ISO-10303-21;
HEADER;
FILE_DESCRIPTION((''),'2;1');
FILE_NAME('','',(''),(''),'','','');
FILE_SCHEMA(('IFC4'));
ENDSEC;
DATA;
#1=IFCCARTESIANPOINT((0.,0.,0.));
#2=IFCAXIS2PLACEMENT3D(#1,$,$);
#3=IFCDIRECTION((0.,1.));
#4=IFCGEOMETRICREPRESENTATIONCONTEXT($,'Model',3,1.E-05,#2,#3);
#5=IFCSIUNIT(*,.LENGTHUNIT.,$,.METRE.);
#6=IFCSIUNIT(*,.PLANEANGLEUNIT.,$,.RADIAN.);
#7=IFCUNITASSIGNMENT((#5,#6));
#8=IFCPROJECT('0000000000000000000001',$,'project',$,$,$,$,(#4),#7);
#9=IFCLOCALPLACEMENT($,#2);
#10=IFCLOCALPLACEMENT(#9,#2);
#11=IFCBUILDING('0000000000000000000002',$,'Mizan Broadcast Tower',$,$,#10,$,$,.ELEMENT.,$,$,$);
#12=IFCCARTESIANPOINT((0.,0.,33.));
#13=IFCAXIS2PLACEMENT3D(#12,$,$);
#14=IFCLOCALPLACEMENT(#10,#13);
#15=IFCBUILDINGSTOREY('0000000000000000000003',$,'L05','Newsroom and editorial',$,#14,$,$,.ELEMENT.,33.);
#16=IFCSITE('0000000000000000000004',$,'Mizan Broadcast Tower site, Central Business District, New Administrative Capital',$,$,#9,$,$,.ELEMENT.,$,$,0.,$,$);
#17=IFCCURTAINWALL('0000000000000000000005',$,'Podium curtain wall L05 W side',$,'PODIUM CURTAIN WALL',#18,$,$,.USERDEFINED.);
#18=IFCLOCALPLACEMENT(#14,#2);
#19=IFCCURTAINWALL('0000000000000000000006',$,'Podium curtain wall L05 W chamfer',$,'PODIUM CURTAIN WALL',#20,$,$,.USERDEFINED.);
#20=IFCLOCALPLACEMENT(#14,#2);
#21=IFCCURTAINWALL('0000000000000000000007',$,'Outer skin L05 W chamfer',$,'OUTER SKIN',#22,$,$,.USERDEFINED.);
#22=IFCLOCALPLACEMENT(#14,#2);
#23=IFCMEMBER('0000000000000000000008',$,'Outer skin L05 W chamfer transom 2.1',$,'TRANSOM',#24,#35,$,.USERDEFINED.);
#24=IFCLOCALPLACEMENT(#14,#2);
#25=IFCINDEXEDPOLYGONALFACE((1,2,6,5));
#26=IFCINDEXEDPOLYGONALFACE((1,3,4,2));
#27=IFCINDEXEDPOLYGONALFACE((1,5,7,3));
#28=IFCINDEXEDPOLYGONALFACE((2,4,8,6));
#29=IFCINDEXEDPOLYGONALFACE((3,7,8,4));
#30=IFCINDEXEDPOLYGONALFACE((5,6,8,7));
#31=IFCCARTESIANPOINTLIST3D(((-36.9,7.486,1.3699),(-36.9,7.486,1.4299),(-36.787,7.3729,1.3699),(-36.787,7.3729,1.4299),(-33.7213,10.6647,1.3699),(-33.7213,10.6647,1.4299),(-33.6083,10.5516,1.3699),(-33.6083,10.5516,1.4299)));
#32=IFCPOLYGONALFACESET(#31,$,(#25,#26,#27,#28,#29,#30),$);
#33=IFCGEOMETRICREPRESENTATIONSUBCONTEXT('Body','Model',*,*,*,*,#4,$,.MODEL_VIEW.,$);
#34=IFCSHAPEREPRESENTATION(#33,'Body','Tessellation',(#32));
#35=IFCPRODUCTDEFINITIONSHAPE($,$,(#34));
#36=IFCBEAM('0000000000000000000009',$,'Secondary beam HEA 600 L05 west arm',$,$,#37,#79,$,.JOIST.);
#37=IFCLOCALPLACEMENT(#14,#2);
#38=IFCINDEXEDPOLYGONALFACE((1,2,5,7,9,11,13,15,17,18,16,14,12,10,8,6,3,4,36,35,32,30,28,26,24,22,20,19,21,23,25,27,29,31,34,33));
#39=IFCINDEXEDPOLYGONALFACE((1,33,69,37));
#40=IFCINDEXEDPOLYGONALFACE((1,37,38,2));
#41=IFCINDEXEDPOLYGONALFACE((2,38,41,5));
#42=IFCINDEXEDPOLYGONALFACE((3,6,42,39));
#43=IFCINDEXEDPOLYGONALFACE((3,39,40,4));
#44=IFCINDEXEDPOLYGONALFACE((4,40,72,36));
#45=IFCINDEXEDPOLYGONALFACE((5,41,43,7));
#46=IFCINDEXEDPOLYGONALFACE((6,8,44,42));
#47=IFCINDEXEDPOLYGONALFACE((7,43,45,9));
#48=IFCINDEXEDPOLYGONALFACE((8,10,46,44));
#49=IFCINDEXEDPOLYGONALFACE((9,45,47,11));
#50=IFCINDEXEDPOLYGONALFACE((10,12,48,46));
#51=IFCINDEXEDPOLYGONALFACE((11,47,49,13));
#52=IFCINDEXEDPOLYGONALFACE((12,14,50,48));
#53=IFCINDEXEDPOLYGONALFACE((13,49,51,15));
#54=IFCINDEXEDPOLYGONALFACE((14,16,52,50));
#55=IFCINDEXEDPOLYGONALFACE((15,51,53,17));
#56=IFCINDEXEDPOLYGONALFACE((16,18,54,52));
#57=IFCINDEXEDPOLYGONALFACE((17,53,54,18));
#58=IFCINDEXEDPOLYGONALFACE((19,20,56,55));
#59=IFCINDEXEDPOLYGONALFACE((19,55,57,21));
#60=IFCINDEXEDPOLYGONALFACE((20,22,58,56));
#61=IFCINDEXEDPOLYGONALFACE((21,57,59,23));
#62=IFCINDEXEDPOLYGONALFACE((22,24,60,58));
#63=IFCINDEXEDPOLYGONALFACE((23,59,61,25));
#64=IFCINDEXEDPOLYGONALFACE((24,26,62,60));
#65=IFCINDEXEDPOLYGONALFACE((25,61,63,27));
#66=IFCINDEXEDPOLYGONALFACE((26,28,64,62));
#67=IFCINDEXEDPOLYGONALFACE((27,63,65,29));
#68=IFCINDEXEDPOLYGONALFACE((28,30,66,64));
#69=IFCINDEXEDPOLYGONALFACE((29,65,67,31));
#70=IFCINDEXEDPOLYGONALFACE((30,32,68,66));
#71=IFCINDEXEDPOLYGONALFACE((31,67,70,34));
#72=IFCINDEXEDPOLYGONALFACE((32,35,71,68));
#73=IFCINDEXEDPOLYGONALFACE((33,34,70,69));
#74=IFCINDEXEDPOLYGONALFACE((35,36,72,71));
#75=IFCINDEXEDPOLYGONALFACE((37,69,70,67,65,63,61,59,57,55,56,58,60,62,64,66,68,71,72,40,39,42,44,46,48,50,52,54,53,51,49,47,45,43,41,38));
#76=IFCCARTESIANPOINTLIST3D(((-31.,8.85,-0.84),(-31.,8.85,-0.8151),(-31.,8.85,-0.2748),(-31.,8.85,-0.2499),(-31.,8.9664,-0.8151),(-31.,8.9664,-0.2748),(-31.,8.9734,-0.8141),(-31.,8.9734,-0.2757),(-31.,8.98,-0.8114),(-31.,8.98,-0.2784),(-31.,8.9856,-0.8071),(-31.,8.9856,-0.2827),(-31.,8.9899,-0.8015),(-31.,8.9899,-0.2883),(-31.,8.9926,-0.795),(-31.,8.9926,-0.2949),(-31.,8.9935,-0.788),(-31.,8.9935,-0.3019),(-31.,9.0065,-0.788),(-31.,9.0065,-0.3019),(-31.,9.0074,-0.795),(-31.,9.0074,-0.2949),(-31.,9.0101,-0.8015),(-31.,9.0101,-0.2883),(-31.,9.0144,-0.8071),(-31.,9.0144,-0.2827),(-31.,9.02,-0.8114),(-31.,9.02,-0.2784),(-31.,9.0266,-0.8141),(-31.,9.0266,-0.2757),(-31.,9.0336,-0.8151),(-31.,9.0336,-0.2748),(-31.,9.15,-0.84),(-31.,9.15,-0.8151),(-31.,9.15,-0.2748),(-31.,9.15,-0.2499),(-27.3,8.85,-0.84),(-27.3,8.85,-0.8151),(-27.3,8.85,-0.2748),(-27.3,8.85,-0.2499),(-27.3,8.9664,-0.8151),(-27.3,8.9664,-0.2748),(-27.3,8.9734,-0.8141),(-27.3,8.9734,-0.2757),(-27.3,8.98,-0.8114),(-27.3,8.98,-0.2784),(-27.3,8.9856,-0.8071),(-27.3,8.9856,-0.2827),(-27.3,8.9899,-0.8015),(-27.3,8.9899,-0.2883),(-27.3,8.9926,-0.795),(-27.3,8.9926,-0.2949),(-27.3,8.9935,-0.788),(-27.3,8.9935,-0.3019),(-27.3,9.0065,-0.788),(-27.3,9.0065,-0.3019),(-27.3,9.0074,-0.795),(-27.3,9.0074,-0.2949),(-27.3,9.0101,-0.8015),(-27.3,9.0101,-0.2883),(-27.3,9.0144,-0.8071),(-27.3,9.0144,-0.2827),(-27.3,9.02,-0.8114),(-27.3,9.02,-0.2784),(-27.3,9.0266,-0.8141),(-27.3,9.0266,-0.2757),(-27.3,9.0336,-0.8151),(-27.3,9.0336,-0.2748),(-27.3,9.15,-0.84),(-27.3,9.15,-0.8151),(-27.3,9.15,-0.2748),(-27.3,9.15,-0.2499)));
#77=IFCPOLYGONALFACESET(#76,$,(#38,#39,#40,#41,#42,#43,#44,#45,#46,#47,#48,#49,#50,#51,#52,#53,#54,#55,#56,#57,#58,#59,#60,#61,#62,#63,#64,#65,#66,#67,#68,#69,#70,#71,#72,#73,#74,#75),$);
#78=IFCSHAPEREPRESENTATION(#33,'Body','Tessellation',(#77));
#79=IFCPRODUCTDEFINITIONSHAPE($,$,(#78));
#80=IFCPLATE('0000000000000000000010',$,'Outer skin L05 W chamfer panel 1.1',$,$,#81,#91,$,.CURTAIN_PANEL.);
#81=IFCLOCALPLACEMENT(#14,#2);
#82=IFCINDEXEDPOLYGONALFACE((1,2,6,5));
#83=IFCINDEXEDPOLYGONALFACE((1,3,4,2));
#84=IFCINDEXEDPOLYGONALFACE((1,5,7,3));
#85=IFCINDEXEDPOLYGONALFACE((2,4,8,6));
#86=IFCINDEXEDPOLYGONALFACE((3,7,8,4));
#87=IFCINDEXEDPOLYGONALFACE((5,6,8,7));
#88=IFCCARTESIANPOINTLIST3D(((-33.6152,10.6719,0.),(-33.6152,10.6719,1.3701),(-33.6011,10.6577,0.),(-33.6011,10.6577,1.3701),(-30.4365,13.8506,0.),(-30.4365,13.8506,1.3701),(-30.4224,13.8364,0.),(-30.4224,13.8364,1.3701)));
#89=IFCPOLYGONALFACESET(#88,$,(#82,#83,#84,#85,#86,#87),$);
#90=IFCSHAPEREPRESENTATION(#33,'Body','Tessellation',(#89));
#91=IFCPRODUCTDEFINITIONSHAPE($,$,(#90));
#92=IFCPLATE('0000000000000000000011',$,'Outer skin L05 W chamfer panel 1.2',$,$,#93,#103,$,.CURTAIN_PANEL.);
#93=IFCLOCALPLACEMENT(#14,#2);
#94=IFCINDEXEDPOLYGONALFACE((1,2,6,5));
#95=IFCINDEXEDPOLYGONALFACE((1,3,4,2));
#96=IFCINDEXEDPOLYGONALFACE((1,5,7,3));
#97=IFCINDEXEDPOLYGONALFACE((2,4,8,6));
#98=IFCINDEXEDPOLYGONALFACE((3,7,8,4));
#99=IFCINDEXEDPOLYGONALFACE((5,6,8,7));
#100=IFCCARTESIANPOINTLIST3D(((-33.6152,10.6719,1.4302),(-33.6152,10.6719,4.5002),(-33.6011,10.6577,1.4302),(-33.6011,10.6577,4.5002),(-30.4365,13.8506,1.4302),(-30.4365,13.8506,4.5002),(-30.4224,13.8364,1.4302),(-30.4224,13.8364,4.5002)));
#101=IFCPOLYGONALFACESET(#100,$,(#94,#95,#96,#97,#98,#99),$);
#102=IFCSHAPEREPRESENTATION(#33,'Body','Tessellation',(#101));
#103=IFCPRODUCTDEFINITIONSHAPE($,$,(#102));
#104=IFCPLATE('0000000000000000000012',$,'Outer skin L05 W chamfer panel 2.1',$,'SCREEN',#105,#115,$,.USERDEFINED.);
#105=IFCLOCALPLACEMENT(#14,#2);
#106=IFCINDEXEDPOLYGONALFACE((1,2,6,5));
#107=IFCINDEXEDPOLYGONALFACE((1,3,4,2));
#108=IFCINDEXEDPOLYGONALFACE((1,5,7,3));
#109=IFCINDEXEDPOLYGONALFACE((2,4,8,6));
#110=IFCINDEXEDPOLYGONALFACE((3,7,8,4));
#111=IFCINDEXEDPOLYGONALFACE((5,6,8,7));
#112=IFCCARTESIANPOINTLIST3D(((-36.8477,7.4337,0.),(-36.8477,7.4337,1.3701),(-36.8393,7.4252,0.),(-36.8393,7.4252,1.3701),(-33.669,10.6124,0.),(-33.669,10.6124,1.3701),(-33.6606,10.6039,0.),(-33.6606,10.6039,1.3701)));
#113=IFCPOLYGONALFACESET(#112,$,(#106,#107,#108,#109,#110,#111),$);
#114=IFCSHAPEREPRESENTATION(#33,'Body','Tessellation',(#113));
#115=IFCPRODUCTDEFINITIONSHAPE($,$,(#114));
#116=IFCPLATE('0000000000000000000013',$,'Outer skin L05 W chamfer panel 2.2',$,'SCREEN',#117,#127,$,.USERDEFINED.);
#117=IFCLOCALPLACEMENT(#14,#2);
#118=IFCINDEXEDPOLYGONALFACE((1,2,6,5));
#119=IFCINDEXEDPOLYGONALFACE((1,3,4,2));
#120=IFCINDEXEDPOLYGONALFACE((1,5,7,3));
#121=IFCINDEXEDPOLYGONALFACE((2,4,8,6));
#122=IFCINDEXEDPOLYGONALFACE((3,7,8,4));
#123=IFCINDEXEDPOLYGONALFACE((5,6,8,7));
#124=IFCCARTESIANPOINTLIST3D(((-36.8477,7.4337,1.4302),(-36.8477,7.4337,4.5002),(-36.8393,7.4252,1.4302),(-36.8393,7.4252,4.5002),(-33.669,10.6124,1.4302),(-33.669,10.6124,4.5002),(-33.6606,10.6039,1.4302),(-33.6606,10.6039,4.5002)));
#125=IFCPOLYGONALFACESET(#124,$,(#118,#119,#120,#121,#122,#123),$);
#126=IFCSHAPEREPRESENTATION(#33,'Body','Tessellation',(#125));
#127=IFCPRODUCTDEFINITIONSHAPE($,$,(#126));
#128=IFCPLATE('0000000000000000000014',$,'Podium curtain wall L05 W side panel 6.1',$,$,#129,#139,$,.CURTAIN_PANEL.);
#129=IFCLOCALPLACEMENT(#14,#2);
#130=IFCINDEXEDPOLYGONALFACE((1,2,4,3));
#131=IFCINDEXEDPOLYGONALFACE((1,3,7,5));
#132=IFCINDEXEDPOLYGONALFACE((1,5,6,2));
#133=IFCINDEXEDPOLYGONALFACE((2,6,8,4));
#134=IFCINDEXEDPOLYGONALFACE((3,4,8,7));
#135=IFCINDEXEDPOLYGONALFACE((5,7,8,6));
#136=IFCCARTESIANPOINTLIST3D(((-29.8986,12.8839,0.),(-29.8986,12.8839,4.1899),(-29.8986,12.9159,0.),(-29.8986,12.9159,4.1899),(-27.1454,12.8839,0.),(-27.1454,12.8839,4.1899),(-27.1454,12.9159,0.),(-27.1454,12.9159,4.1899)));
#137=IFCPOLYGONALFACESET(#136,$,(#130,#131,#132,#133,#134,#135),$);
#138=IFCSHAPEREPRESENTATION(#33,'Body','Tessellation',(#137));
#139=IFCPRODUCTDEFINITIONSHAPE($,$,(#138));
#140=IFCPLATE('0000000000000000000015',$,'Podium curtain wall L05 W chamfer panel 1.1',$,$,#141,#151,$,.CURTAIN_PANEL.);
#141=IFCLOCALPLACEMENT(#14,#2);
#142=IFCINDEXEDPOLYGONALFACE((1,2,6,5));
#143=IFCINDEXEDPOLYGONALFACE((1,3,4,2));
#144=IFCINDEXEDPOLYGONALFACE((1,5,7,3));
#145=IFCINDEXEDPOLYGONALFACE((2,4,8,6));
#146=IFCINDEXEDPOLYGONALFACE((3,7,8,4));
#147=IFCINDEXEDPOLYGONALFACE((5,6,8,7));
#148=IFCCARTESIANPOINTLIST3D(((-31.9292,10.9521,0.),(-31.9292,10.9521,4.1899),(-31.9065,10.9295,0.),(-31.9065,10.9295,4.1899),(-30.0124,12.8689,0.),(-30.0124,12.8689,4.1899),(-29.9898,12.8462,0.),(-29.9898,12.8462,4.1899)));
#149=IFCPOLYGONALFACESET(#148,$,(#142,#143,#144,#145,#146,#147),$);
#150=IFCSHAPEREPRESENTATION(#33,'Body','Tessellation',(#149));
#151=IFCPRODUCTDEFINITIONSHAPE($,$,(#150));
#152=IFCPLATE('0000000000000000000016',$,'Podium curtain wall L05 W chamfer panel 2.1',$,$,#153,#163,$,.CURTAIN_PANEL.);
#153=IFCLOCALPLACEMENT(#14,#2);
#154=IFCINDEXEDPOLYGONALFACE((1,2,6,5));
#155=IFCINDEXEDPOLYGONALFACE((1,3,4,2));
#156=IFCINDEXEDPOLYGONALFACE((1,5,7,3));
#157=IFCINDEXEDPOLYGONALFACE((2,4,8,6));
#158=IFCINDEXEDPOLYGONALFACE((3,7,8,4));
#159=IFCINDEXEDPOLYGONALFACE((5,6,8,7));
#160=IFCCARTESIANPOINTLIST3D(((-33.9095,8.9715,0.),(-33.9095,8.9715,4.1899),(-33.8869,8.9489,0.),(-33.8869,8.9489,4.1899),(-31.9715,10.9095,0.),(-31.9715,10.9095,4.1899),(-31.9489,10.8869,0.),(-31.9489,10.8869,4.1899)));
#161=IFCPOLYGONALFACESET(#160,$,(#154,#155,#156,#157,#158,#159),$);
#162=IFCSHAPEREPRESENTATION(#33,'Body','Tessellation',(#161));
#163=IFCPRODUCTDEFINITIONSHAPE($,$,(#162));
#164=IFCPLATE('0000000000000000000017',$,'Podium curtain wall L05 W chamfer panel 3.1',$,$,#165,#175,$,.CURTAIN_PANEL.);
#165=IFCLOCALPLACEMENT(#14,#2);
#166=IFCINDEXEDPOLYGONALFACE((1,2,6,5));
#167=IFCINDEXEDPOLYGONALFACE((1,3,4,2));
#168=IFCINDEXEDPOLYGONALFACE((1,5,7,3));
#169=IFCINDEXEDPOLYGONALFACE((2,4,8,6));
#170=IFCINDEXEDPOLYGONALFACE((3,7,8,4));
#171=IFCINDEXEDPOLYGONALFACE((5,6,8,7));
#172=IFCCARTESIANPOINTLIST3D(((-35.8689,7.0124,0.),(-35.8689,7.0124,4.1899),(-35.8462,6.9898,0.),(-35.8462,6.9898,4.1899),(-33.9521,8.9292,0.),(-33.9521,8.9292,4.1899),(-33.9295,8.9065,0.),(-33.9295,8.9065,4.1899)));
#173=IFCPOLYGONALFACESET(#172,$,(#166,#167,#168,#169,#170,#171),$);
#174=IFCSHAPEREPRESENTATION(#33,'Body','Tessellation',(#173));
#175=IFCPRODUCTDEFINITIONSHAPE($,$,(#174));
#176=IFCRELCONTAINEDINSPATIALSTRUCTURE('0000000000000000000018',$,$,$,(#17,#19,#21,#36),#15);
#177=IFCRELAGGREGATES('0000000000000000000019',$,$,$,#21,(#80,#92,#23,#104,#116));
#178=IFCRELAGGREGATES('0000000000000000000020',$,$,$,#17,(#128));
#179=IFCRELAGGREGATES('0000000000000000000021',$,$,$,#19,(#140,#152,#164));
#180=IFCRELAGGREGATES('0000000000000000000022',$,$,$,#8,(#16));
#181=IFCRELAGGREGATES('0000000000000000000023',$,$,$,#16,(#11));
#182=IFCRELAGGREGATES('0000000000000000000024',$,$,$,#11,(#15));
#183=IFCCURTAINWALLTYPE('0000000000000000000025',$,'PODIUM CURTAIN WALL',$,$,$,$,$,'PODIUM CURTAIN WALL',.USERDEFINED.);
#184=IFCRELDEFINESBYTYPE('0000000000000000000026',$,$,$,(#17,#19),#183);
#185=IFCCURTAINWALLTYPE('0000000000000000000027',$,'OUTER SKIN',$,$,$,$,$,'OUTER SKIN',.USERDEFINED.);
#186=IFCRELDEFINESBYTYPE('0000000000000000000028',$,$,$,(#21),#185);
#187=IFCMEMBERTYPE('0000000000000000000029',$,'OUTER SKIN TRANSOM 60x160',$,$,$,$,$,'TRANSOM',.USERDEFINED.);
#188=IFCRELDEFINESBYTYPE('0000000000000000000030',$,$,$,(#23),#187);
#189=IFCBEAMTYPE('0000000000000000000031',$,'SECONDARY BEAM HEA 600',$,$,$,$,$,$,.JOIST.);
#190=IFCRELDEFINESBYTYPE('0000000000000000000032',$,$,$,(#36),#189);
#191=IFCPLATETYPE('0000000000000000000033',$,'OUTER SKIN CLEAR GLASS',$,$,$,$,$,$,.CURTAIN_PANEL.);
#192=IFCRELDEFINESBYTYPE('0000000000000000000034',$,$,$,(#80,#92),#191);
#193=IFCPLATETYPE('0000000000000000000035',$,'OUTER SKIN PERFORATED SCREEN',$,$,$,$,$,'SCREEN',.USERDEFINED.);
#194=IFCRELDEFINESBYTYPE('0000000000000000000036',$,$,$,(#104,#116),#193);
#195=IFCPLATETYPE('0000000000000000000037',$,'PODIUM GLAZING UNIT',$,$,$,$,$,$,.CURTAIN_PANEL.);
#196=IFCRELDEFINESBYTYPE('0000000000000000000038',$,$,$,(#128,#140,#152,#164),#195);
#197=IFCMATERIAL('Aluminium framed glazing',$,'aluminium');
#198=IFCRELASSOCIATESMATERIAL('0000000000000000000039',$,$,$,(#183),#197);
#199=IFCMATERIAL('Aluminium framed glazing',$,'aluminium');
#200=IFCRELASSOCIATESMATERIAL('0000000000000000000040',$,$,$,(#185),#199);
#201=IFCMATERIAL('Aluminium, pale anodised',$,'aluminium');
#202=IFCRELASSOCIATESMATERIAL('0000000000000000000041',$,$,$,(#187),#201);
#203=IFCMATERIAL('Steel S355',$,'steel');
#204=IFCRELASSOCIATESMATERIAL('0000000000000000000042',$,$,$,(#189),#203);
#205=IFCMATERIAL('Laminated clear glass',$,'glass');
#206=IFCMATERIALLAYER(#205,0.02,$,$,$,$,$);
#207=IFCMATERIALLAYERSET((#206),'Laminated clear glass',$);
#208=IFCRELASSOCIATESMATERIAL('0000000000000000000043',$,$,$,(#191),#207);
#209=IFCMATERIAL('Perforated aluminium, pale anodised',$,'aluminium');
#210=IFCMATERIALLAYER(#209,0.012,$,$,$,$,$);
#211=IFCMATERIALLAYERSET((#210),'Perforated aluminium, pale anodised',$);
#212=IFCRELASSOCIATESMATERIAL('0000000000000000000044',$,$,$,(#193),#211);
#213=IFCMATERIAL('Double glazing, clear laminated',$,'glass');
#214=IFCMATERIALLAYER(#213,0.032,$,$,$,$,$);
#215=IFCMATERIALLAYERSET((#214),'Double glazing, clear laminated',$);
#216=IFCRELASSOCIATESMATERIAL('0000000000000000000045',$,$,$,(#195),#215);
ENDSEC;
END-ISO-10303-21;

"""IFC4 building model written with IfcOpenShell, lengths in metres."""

from ifc_helpers import new_model, si_unit, direction, frame, origin, origin_2d, place, context, subcontext, project, spatial, rectangle, i_section, extrude, material, layer, layer_set, material_profile, profile_set, type_object, element, aggregate, save


model = new_model("IFC4")

# Units and contexts
model_context = context("Model", 3, precision=1e-05, world=origin(), true_north=direction((0.0, 1.0)))
body_context = subcontext(model_context, "Body", "Model", "MODEL_VIEW")
ifc_project = project(units=[si_unit("LENGTHUNIT", "METRE"), si_unit("PLANEANGLEUNIT", "RADIAN")], contexts=[model_context])

# Site, building, storey
site_placement = place(None, origin())
site = spatial("IfcSite", under=ifc_project, at=site_placement, Name="Mizan Broadcast Tower site, Central Business District, New Administrative Capital", CompositionType="ELEMENT", RefElevation=0.0)
building_placement = place(site_placement, origin())
building = spatial("IfcBuilding", under=site, at=building_placement, Name="Mizan Broadcast Tower", CompositionType="ELEMENT")
storey_placement = place(building_placement, frame((0.0, 0.0, 33.0)))
storey = spatial("IfcBuildingStorey", under=building, at=storey_placement, Name="L05", Description="Newsroom and editorial", CompositionType="ELEMENT", Elevation=33.0)

# Curtain walls
ifc_material_1 = material(Name="Aluminium framed glazing", Category="aluminium")
curtain_wall_type_1 = type_object("IfcCurtainWallType", Name="PODIUM CURTAIN WALL", ElementType="PODIUM CURTAIN WALL", PredefinedType="USERDEFINED", material=ifc_material_1)
curtain_wall_1_placement = place(storey_placement, origin())
curtain_wall_1 = element("IfcCurtainWall", 1, at=curtain_wall_1_placement, inside=storey, type_object=curtain_wall_type_1, Name="Podium curtain wall L05 W side", ObjectType="PODIUM CURTAIN WALL", PredefinedType="USERDEFINED")
curtain_wall_2_placement = place(storey_placement, origin())
curtain_wall_2 = element("IfcCurtainWall", 2, at=curtain_wall_2_placement, inside=storey, type_object=curtain_wall_type_1, Name="Podium curtain wall L05 W chamfer", ObjectType="PODIUM CURTAIN WALL", PredefinedType="USERDEFINED")

# Curtain wall, member
ifc_material_2 = material(Name="Aluminium framed glazing", Category="aluminium")
curtain_wall_type_2 = type_object("IfcCurtainWallType", Name="OUTER SKIN", ElementType="OUTER SKIN", PredefinedType="USERDEFINED", material=ifc_material_2)
curtain_wall_3_placement = place(storey_placement, origin())
curtain_wall_3 = element("IfcCurtainWall", 3, at=curtain_wall_3_placement, inside=storey, type_object=curtain_wall_type_2, Name="Outer skin L05 W chamfer", ObjectType="OUTER SKIN", PredefinedType="USERDEFINED")
ifc_material_3 = material(Name="Aluminium, pale anodised", Category="aluminium")
ifc_material_profile_1 = material_profile(ifc_material_3, rectangle(XDim=0.1599, YDim=0.0601, at=origin_2d()), Name="TRANSOM 160x60")
ifc_profile_set_1 = profile_set([ifc_material_profile_1], Name="Aluminium, pale anodised")
member_type_1 = type_object("IfcMemberType", Name="OUTER SKIN TRANSOM 60x160", ElementType="TRANSOM", PredefinedType="USERDEFINED", material=ifc_profile_set_1)
member_1_placement = place(storey_placement, frame((-33.6648, 10.6082, 1.3999), z_axis=(-0.707107, -0.707107, 0.0), x_axis=(0.707107, -0.707107, 0.0)))
member_1 = element("IfcMember", 4, at=member_1_placement, type_object=member_type_1, Name="Outer skin L05 W chamfer transom 2.1", ObjectType="TRANSOM", PredefinedType="USERDEFINED", context=body_context, shape_type="SweptSolid", body=[
    extrude(rectangle(XDim=0.1599, YDim=0.0601, at=origin_2d()), origin(), (0.0, 0.0, 1.0), 4.4954),
])

# Beam
ifc_material_4 = material(Name="Steel S355", Category="steel")
ifc_material_profile_2 = material_profile(ifc_material_4, i_section(OverallWidth=0.3, OverallDepth=0.5901, WebThickness=0.0129, FlangeThickness=0.0249, FilletRadius=0.0271, at=origin_2d()), Name="HEA 600")
ifc_profile_set_2 = profile_set([ifc_material_profile_2], Name="Steel S355")
beam_type_1 = type_object("IfcBeamType", Name="SECONDARY BEAM HEA 600", PredefinedType="JOIST", material=ifc_profile_set_2)
beam_1_placement = place(storey_placement, frame((-27.3, 9.0, -0.5449), z_axis=(-1.0, 0.0, 0.0), x_axis=(0.0, -1.0, 0.0)))
element("IfcBeam", 5, at=beam_1_placement, inside=storey, type_object=beam_type_1, Name="Secondary beam HEA 600 L05 west arm", PredefinedType="JOIST", context=body_context, shape_type="SweptSolid", body=[
    extrude(i_section(OverallWidth=0.3, OverallDepth=0.5901, WebThickness=0.0129, FlangeThickness=0.0249, FilletRadius=0.0271, at=origin_2d()), origin(), (0.0, 0.0, 1.0), 3.7),
])

# Plates
ifc_material_5 = material(Name="Laminated clear glass", Category="glass")
ifc_layer_1 = layer(ifc_material_5, 0.02)
ifc_layer_set_1 = layer_set([ifc_layer_1], Name="Laminated clear glass")
plate_type_1 = type_object("IfcPlateType", Name="OUTER SKIN CLEAR GLASS", PredefinedType="CURTAIN_PANEL", material=ifc_layer_set_1)
plate_1_placement = place(storey_placement, frame((-32.0188, 12.2542, 0.0), z_axis=(0.0, 0.0, 1.0), x_axis=(-0.707107, -0.707107, 0.0)))
plate_1 = element("IfcPlate", 6, at=plate_1_placement, type_object=plate_type_1, Name="Outer skin L05 W chamfer panel 1.1", PredefinedType="CURTAIN_PANEL", context=body_context, shape_type="SweptSolid", body=[
    extrude(rectangle(XDim=4.4954, YDim=0.02, at=origin_2d()), origin(), (0.0, 0.0, 1.0), 1.3701),
])
plate_2_placement = place(storey_placement, frame((-32.0188, 12.2542, 1.4302), z_axis=(0.0, 0.0, 1.0), x_axis=(-0.707107, -0.707107, 0.0)))
plate_2 = element("IfcPlate", 7, at=plate_2_placement, type_object=plate_type_1, Name="Outer skin L05 W chamfer panel 1.2", PredefinedType="CURTAIN_PANEL", context=body_context, shape_type="SweptSolid", body=[
    extrude(rectangle(XDim=4.4954, YDim=0.02, at=origin_2d()), origin(), (0.0, 0.0, 1.0), 3.0701),
])
ifc_material_6 = material(Name="Perforated aluminium, pale anodised", Category="aluminium")
ifc_layer_2 = layer(ifc_material_6, 0.012)
ifc_layer_set_2 = layer_set([ifc_layer_2], Name="Perforated aluminium, pale anodised")
plate_type_2 = type_object("IfcPlateType", Name="OUTER SKIN PERFORATED SCREEN", ElementType="SCREEN", PredefinedType="USERDEFINED", material=ifc_layer_set_2)
plate_3_placement = place(storey_placement, frame((-35.2542, 9.0188, 0.0), z_axis=(0.0, 0.0, 1.0), x_axis=(-0.707107, -0.707107, 0.0)))
plate_3 = element("IfcPlate", 8, at=plate_3_placement, type_object=plate_type_2, Name="Outer skin L05 W chamfer panel 2.1", ObjectType="SCREEN", PredefinedType="USERDEFINED", context=body_context, shape_type="SweptSolid", body=[
    extrude(rectangle(XDim=4.4954, YDim=0.012, at=origin_2d()), origin(), (0.0, 0.0, 1.0), 1.3701),
])
plate_4_placement = place(storey_placement, frame((-35.2542, 9.0188, 1.4302), z_axis=(0.0, 0.0, 1.0), x_axis=(-0.707107, -0.707107, 0.0)))
plate_4 = element("IfcPlate", 9, at=plate_4_placement, type_object=plate_type_2, Name="Outer skin L05 W chamfer panel 2.2", ObjectType="SCREEN", PredefinedType="USERDEFINED", context=body_context, shape_type="SweptSolid", body=[
    extrude(rectangle(XDim=4.4954, YDim=0.012, at=origin_2d()), origin(), (0.0, 0.0, 1.0), 3.0701),
])
aggregate(curtain_wall_3, [plate_1, plate_2, member_1, plate_3, plate_4])
ifc_material_7 = material(Name="Double glazing, clear laminated", Category="glass")
ifc_layer_3 = layer(ifc_material_7, 0.032)
ifc_layer_set_3 = layer_set([ifc_layer_3], Name="Double glazing, clear laminated")
plate_type_3 = type_object("IfcPlateType", Name="PODIUM GLAZING UNIT", PredefinedType="CURTAIN_PANEL", material=ifc_layer_set_3)
plate_5_placement = place(storey_placement, frame((-28.522, 12.8999, 0.0), z_axis=(0.0, 0.0, 1.0), x_axis=(-1.0, 0.0, 0.0)))
plate_5 = element("IfcPlate", 10, at=plate_5_placement, type_object=plate_type_3, Name="Podium curtain wall L05 W side panel 6.1", PredefinedType="CURTAIN_PANEL", context=body_context, shape_type="SweptSolid", body=[
    extrude(rectangle(XDim=2.7532, YDim=0.032, at=origin_2d()), origin(), (0.0, 0.0, 1.0), 4.1899),
])
aggregate(curtain_wall_1, [plate_5])
plate_6_placement = place(storey_placement, frame((-30.9595, 11.8992, 0.0), z_axis=(0.0, 0.0, 1.0), x_axis=(-0.707107, -0.707107, 0.0)))
plate_6 = element("IfcPlate", 11, at=plate_6_placement, type_object=plate_type_3, Name="Podium curtain wall L05 W chamfer panel 1.1", PredefinedType="CURTAIN_PANEL", context=body_context, shape_type="SweptSolid", body=[
    extrude(rectangle(XDim=2.7107, YDim=0.032, at=origin_2d()), origin(), (0.0, 0.0, 1.0), 4.1899),
])
plate_7_placement = place(storey_placement, frame((-32.9292, 9.9292, 0.0), z_axis=(0.0, 0.0, 1.0), x_axis=(-0.707107, -0.707107, 0.0)))
plate_7 = element("IfcPlate", 12, at=plate_7_placement, type_object=plate_type_3, Name="Podium curtain wall L05 W chamfer panel 2.1", PredefinedType="CURTAIN_PANEL", context=body_context, shape_type="SweptSolid", body=[
    extrude(rectangle(XDim=2.7407, YDim=0.032, at=origin_2d()), origin(), (0.0, 0.0, 1.0), 4.1899),
])
plate_8_placement = place(storey_placement, frame((-34.8992, 7.9595, 0.0), z_axis=(0.0, 0.0, 1.0), x_axis=(-0.707107, -0.707107, 0.0)))
plate_8 = element("IfcPlate", 13, at=plate_8_placement, type_object=plate_type_3, Name="Podium curtain wall L05 W chamfer panel 3.1", PredefinedType="CURTAIN_PANEL", context=body_context, shape_type="SweptSolid", body=[
    extrude(rectangle(XDim=2.7107, YDim=0.032, at=origin_2d()), origin(), (0.0, 0.0, 1.0), 4.1899),
])
aggregate(curtain_wall_2, [plate_6, plate_7, plate_8])

save(model, "model.ifc")
